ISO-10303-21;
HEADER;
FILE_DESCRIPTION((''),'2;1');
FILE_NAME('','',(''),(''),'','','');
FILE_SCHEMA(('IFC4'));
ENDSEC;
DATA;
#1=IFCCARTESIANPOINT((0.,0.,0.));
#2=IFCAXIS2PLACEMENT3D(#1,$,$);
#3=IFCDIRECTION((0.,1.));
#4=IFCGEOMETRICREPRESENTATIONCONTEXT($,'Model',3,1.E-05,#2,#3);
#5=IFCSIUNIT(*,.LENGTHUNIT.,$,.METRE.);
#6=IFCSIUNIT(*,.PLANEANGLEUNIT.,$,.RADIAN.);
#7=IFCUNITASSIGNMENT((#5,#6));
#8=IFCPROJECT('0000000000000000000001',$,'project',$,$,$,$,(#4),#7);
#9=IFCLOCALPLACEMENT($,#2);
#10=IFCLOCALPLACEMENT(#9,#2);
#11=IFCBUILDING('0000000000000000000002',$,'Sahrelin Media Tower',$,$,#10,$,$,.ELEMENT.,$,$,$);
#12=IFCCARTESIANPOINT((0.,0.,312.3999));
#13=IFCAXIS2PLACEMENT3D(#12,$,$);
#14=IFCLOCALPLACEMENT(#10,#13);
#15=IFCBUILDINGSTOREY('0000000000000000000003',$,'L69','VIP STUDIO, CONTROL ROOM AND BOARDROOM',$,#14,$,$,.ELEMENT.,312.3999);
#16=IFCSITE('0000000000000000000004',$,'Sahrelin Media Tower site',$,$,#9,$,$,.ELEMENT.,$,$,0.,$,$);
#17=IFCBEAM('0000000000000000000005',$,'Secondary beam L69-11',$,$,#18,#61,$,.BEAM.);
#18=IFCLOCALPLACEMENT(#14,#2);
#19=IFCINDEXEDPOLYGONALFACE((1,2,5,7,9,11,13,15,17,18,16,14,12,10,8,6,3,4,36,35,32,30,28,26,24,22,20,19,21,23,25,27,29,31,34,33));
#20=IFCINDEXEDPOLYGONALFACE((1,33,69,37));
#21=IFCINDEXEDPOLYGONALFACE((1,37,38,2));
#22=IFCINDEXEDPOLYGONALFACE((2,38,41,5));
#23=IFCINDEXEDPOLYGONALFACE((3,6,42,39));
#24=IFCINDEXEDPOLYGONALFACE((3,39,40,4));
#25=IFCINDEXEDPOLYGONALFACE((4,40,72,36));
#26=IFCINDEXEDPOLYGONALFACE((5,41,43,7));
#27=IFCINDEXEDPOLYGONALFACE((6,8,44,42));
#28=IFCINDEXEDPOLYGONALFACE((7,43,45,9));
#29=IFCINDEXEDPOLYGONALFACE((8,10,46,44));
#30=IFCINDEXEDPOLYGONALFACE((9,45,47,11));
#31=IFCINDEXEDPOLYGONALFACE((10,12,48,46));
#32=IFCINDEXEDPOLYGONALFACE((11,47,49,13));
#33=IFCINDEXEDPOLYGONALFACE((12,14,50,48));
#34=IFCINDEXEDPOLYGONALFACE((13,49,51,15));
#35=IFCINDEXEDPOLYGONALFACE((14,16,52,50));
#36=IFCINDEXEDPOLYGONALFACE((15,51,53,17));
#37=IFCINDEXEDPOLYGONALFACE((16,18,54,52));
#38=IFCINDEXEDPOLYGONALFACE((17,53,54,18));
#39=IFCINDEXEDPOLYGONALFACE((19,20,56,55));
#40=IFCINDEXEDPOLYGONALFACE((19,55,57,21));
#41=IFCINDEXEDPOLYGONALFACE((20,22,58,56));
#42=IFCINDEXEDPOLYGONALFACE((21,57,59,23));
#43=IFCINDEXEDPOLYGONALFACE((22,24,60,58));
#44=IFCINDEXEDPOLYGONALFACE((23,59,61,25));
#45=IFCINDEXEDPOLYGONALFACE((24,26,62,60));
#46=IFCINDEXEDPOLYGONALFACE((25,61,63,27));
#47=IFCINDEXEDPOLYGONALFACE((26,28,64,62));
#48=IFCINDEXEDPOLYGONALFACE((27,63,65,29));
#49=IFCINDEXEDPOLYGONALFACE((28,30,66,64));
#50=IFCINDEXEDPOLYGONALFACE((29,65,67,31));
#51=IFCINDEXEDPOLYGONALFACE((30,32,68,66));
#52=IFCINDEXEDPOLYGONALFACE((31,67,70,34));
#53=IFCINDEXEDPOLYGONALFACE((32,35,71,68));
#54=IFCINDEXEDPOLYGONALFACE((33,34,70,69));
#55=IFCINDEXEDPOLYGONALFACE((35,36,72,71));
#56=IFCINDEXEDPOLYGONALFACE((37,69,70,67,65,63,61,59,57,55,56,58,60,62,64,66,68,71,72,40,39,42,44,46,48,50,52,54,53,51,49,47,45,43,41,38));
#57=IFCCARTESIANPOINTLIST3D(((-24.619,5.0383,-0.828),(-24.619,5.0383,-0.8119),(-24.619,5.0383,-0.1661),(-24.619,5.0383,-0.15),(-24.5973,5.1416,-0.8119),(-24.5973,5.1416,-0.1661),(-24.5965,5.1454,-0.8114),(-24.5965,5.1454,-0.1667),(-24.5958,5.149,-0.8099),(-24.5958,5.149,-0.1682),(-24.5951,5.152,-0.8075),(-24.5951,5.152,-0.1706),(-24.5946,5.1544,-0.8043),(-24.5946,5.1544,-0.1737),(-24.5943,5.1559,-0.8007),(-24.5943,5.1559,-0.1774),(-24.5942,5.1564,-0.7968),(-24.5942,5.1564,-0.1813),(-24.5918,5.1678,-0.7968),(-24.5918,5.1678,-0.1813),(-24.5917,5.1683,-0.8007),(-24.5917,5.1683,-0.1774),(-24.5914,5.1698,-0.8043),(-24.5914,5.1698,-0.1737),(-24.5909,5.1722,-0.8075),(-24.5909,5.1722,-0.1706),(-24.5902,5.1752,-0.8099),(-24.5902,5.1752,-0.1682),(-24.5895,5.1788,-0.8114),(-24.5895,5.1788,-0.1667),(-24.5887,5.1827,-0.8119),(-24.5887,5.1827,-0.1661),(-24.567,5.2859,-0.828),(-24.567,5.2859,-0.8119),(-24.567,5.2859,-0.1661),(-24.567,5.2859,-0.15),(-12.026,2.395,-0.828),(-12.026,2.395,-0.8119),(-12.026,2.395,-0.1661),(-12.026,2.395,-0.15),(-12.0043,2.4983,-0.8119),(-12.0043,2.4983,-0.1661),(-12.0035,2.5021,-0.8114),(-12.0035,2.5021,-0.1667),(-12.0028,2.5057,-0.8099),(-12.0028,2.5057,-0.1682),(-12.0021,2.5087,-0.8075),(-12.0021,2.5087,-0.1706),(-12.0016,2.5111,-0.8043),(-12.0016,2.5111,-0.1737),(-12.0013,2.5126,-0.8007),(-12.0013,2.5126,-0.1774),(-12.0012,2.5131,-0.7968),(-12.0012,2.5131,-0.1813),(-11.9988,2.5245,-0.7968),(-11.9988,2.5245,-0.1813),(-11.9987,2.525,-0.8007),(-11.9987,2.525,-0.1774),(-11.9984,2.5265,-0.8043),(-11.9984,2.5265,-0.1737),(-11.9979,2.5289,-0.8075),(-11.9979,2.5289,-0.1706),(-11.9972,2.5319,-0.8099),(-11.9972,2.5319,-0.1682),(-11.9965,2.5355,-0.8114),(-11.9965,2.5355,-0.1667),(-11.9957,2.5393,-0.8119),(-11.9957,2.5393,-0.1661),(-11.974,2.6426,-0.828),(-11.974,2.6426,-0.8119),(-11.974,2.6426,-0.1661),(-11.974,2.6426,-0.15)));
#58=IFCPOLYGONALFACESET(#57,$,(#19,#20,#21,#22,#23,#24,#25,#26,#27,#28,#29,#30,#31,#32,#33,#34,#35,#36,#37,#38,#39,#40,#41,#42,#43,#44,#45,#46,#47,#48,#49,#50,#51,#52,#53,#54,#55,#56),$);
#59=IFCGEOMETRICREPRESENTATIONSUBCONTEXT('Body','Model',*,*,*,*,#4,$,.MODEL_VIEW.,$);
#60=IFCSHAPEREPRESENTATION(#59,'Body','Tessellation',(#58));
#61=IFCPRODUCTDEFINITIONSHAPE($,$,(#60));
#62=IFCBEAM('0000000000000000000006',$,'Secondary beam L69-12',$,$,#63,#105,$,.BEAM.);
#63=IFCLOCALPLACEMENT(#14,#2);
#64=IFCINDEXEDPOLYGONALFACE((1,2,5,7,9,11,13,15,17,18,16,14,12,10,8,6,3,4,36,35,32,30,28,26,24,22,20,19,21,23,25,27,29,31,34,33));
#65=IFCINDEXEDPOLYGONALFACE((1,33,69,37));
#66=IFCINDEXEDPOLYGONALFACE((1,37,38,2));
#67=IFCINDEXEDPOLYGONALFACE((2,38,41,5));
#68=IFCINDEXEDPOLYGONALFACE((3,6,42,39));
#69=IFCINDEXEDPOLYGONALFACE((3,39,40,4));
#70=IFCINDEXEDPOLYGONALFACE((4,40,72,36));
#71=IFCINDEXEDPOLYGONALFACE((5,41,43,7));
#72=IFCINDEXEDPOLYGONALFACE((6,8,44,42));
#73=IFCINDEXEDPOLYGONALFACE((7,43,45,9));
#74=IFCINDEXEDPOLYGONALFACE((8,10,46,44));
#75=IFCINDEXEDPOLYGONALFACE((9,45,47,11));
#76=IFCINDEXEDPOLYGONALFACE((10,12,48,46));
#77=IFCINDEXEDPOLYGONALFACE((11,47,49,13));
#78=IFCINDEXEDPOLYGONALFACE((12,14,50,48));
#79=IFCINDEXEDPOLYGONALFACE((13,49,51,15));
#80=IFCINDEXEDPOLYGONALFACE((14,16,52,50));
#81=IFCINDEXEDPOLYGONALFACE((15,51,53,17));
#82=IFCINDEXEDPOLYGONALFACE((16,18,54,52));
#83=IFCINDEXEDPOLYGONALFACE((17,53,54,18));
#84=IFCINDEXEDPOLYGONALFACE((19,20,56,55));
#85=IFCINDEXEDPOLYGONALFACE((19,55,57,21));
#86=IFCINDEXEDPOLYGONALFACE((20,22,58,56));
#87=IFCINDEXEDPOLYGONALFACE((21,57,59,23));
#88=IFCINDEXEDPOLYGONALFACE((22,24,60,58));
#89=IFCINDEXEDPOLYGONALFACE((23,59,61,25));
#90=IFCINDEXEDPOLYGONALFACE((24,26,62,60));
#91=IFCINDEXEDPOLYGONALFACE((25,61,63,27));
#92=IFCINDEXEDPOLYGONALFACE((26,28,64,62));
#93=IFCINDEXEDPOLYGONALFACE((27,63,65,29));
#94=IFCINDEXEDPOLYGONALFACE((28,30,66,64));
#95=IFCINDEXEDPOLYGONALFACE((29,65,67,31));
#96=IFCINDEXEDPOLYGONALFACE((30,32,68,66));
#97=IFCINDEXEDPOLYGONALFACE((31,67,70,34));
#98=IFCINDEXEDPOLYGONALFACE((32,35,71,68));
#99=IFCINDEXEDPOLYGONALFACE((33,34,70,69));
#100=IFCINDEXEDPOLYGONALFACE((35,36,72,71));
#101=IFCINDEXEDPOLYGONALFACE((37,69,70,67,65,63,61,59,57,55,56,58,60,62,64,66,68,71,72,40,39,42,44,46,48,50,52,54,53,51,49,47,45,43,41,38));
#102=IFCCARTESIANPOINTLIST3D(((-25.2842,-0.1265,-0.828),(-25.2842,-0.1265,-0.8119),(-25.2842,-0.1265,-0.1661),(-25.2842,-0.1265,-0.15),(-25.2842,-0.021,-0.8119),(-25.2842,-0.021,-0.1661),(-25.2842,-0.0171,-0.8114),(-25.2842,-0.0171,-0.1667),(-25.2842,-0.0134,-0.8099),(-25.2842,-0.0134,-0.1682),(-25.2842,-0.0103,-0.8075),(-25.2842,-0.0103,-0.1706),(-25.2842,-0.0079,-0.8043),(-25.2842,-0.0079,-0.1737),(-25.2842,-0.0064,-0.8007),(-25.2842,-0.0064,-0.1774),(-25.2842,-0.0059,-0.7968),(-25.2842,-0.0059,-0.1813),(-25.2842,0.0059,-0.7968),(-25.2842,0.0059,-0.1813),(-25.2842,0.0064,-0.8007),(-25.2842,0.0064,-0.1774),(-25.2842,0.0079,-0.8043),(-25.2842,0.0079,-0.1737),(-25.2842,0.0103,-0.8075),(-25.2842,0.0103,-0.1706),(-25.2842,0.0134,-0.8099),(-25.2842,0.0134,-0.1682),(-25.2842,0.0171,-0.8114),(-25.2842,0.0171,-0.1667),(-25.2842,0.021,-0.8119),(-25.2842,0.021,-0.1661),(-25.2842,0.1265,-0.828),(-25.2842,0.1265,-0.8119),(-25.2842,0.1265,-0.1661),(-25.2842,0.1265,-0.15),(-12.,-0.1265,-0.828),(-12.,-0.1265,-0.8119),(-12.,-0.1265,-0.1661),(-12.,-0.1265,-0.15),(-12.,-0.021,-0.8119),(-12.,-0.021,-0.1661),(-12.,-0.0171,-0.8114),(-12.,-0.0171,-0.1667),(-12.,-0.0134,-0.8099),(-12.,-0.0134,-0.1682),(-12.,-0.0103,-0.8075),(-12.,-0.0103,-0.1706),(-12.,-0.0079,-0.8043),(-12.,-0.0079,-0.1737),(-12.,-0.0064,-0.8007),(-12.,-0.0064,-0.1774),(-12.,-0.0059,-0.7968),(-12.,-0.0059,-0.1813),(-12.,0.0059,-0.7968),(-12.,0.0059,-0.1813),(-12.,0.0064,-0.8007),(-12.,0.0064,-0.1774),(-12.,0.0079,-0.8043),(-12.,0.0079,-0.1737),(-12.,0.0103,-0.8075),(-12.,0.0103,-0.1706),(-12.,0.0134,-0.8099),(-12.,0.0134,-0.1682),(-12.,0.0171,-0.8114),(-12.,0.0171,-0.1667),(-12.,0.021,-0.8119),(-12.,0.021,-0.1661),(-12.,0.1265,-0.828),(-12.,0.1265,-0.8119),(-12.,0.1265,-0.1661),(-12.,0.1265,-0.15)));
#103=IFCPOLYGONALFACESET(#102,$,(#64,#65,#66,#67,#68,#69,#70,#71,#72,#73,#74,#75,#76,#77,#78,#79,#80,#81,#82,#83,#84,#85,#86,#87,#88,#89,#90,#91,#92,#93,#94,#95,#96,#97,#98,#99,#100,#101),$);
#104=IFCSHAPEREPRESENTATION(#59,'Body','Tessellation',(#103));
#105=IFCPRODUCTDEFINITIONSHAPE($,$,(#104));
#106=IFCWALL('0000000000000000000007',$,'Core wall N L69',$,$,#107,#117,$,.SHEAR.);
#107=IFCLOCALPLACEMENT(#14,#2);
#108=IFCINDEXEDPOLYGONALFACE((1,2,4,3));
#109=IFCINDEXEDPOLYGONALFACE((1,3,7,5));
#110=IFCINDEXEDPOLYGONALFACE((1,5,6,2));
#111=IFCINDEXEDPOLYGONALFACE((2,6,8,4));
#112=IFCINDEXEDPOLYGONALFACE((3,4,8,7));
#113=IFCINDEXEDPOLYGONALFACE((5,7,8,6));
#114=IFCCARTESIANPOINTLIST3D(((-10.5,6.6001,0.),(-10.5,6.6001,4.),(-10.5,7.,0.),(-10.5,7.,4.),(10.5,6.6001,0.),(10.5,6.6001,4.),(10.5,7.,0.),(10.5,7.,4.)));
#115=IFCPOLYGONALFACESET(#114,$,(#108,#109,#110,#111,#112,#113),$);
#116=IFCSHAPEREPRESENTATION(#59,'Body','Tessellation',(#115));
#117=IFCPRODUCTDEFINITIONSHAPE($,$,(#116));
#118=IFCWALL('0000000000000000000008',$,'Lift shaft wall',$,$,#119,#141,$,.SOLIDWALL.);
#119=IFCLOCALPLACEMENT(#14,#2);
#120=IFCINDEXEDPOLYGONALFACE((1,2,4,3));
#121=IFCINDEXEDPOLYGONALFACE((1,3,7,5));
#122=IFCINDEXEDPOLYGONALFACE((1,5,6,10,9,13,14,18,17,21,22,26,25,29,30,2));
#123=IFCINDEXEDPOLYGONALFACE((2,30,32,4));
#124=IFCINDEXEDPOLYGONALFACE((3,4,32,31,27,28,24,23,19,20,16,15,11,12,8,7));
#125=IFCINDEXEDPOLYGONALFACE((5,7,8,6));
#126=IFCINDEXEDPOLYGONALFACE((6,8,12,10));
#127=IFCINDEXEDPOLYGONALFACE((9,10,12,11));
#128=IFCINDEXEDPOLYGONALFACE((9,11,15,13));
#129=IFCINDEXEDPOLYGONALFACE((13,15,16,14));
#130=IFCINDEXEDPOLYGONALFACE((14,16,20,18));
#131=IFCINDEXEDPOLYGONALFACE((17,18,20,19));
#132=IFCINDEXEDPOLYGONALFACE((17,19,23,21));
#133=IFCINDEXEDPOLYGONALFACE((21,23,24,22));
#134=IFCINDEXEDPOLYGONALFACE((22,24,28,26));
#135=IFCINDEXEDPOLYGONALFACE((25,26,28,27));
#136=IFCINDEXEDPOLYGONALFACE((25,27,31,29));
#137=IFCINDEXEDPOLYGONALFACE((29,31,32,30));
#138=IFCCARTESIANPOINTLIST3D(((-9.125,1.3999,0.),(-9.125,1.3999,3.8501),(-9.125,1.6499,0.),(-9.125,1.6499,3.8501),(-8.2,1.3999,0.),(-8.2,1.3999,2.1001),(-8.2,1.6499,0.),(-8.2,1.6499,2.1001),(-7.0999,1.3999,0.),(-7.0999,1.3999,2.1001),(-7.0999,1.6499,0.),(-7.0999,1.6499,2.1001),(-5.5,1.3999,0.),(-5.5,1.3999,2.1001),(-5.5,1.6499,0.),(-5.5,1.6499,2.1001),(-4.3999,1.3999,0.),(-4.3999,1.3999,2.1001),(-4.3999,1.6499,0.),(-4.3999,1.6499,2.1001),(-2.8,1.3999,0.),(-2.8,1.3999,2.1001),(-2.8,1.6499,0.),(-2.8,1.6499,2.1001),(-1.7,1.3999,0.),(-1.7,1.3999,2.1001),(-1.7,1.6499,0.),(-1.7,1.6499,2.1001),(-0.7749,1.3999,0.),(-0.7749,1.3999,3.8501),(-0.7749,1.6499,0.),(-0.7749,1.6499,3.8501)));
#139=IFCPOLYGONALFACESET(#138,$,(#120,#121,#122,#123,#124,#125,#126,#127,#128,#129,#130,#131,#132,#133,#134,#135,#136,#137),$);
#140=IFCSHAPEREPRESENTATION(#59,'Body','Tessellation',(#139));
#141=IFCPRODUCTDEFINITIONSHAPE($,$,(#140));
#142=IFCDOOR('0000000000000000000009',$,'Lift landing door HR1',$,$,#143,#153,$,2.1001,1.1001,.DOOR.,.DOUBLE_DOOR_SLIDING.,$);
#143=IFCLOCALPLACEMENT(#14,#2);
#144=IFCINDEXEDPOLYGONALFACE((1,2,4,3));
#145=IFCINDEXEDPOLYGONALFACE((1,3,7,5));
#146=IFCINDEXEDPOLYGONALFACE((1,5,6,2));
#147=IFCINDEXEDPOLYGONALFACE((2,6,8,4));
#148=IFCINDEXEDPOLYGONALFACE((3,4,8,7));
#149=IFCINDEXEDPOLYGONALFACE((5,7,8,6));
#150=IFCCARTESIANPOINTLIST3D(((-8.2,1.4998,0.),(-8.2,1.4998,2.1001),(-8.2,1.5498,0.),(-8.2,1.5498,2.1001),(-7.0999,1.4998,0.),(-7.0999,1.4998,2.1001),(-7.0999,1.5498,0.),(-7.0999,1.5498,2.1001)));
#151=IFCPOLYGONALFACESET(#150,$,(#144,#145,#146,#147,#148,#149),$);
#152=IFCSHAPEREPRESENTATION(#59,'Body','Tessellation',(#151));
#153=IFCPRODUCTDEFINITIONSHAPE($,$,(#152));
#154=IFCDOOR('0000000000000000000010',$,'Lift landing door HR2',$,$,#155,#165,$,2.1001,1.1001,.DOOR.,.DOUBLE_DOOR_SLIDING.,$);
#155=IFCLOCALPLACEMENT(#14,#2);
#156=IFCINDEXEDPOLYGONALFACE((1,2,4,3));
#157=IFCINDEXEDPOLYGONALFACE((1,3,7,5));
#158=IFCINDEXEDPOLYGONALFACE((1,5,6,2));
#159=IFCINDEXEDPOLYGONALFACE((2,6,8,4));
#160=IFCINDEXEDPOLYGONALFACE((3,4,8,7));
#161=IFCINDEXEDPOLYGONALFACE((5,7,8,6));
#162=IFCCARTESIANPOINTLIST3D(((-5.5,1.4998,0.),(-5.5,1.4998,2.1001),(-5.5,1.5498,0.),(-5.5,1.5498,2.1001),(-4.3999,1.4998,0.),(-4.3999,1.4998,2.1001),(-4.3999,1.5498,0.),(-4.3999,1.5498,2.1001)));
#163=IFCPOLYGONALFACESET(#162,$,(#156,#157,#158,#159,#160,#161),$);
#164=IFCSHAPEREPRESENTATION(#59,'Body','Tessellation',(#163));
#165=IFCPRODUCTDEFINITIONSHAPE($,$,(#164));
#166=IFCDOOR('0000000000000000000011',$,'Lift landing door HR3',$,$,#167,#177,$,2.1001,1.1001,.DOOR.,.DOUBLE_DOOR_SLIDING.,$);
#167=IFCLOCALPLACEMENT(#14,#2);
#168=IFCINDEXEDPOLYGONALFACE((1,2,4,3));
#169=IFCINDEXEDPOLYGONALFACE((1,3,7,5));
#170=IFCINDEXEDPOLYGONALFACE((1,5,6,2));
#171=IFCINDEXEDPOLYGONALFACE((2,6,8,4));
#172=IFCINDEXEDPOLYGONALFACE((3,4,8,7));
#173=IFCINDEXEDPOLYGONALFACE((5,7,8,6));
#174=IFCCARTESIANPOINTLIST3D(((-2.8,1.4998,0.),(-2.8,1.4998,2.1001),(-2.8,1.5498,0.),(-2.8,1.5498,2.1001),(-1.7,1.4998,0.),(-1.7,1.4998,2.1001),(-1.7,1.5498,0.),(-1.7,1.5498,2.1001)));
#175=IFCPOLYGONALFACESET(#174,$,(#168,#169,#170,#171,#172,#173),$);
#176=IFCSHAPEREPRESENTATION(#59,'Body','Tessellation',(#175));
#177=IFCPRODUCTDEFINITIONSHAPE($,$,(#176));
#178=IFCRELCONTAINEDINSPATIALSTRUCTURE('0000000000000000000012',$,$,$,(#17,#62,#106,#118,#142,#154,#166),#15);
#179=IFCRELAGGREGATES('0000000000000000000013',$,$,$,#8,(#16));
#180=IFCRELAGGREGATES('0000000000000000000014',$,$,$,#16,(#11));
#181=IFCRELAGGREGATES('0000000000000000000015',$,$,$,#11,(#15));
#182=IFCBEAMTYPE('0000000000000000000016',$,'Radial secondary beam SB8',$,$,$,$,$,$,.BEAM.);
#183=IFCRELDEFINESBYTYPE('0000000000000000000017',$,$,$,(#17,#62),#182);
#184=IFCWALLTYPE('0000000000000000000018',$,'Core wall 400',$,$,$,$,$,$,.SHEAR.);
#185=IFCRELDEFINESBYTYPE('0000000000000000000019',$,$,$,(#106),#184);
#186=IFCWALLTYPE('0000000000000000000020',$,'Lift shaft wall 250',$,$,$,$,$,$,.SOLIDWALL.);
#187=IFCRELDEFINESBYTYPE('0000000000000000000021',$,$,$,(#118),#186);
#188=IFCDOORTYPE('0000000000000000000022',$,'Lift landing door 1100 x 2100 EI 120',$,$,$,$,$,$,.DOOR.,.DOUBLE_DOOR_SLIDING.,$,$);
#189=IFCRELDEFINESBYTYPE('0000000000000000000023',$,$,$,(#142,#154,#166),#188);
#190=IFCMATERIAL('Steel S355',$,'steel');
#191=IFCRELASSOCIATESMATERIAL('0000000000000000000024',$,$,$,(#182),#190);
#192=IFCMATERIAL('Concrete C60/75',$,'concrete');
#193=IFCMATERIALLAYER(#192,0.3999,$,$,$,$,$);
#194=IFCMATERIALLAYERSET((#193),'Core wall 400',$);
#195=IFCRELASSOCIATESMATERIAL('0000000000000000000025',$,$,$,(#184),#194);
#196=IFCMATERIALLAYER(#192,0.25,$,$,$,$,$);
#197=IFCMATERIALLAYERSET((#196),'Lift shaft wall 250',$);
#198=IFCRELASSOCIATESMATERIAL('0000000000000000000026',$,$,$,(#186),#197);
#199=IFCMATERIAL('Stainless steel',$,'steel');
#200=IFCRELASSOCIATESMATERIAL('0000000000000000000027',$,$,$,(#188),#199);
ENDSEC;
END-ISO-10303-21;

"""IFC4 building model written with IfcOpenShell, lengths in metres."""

from ifc_helpers import new_model, si_unit, direction, frame, frame_2d, origin, origin_2d, place, context, subcontext, project, spatial, rectangle, i_section, extrude, material, layer, layer_set, material_profile, profile_set, type_object, element, fill, save


model = new_model("IFC4")

# Units and contexts
model_context = context("Model", 3, precision=1e-05, world=origin(), true_north=direction((0.0, 1.0)))
body_context = subcontext(model_context, "Body", "Model", "MODEL_VIEW")
ifc_project = project(units=[si_unit("LENGTHUNIT", "METRE"), si_unit("PLANEANGLEUNIT", "RADIAN")], contexts=[model_context])

# Site, building, storey
site_placement = place(None, origin())
site = spatial("IfcSite", under=ifc_project, at=site_placement, Name="Sahrelin Media Tower site", CompositionType="ELEMENT", RefElevation=0.0)
building_placement = place(site_placement, origin())
building = spatial("IfcBuilding", under=site, at=building_placement, Name="Sahrelin Media Tower", CompositionType="ELEMENT")
storey_placement = place(building_placement, frame((0.0, 0.0, 312.3999)))
storey = spatial("IfcBuildingStorey", under=building, at=storey_placement, Name="L69", Description="VIP STUDIO, CONTROL ROOM AND BOARDROOM", CompositionType="ELEMENT", Elevation=312.3999)

# Beams
ifc_material_1 = material(Name="Steel S355", Category="steel")
ifc_material_profile_1 = material_profile(ifc_material_1, i_section(OverallWidth=0.2529, OverallDepth=0.678, WebThickness=0.0117, FlangeThickness=0.0161, FilletRadius=0.0151, at=origin_2d()), Name="UB 686x254x125")
ifc_profile_set_1 = profile_set([ifc_material_profile_1], Name="Steel S355")
beam_type_1 = type_object("IfcBeamType", Name="Radial secondary beam SB8", PredefinedType="BEAM", material=ifc_profile_set_1)
beam_1_placement = place(storey_placement, frame((-12.0, 2.5188, -0.489), z_axis=(-0.978673, 0.205426, 0.0), x_axis=(-0.205426, -0.978673, 0.0)))
element("IfcBeam", 1, at=beam_1_placement, inside=storey, type_object=beam_type_1, Name="Secondary beam L69-11", PredefinedType="BEAM", context=body_context, shape_type="SweptSolid", body=[
    extrude(i_section(OverallWidth=0.2529, OverallDepth=0.678, WebThickness=0.0117, FlangeThickness=0.0161, FilletRadius=0.0151, at=origin_2d()), origin(), (0.0, 0.0, 1.0), 12.8674),
])
beam_2_placement = place(storey_placement, frame((-12.0, 0.0, -0.489), z_axis=(-1.0, 0.0, 0.0), x_axis=(0.0, -1.0, 0.0)))
element("IfcBeam", 2, at=beam_2_placement, inside=storey, type_object=beam_type_1, Name="Secondary beam L69-12", PredefinedType="BEAM", context=body_context, shape_type="SweptSolid", body=[
    extrude(i_section(OverallWidth=0.2529, OverallDepth=0.678, WebThickness=0.0117, FlangeThickness=0.0161, FilletRadius=0.0151, at=origin_2d()), origin(), (0.0, 0.0, 1.0), 13.2842),
])

# Wall
ifc_material_2 = material(Name="Concrete C60/75", Category="concrete")
ifc_layer_1 = layer(ifc_material_2, 0.3999)
ifc_layer_set_1 = layer_set([ifc_layer_1], Name="Core wall 400")
wall_type_1 = type_object("IfcWallType", Name="Core wall 400", PredefinedType="SHEAR", material=ifc_layer_set_1)
wall_1_placement = place(storey_placement, frame((-10.5, 6.8, 0.0), z_axis=(0.0, 0.0, 1.0), x_axis=(1.0, 0.0, 0.0)))
element("IfcWall", 3, at=wall_1_placement, inside=storey, type_object=wall_type_1, Name="Core wall N L69", PredefinedType="SHEAR", context=body_context, shape_type="SweptSolid", body=[
    extrude(rectangle(XDim=21.0, YDim=0.3999, at=frame_2d((10.5, 0.0))), origin(), (0.0, 0.0, 1.0), 4.0),
])

# Wall, openings, doors
ifc_layer_2 = layer(ifc_material_2, 0.25)
ifc_layer_set_2 = layer_set([ifc_layer_2], Name="Lift shaft wall 250")
wall_type_2 = type_object("IfcWallType", Name="Lift shaft wall 250", PredefinedType="SOLIDWALL", material=ifc_layer_set_2)
wall_2_placement = place(storey_placement, frame((-9.125, 1.5249, 0.0), z_axis=(0.0, 0.0, 1.0), x_axis=(1.0, 0.0, 0.0)))
wall_2 = element("IfcWall", 4, at=wall_2_placement, inside=storey, type_object=wall_type_2, Name="Lift shaft wall", PredefinedType="SOLIDWALL", context=body_context, shape_type="SweptSolid", body=[
    extrude(rectangle(XDim=8.3501, YDim=0.25, at=frame_2d((4.175, 0.0))), origin(), (0.0, 0.0, 1.0), 3.8501),
])
opening_1_placement = place(wall_2_placement, frame((0.925, 0.0, 0.0)))
opening_1 = element("IfcOpeningElement", 5, at=opening_1_placement, cuts=wall_2, PredefinedType="OPENING", context=body_context, shape_type="SweptSolid", body=[
    extrude(rectangle(XDim=1.1001, YDim=2.1001, at=frame_2d((0.55, 1.05))), frame((0.0, 0.125, 0.0), z_axis=(0.0, -1.0, 0.0), x_axis=(1.0, 0.0, 0.0)), (0.0, 0.0, 1.0), 0.25),
])
opening_2_placement = place(wall_2_placement, frame((3.625, 0.0, 0.0)))
opening_2 = element("IfcOpeningElement", 6, at=opening_2_placement, cuts=wall_2, PredefinedType="OPENING", context=body_context, shape_type="SweptSolid", body=[
    extrude(rectangle(XDim=1.1001, YDim=2.1001, at=frame_2d((0.55, 1.05))), frame((0.0, 0.125, 0.0), z_axis=(0.0, -1.0, 0.0), x_axis=(1.0, 0.0, 0.0)), (0.0, 0.0, 1.0), 0.25),
])
opening_3_placement = place(wall_2_placement, frame((6.325, 0.0, 0.0)))
opening_3 = element("IfcOpeningElement", 7, at=opening_3_placement, cuts=wall_2, PredefinedType="OPENING", context=body_context, shape_type="SweptSolid", body=[
    extrude(rectangle(XDim=1.1001, YDim=2.1001, at=frame_2d((0.55, 1.05))), frame((0.0, 0.125, 0.0), z_axis=(0.0, -1.0, 0.0), x_axis=(1.0, 0.0, 0.0)), (0.0, 0.0, 1.0), 0.25),
])
ifc_material_3 = material(Name="Stainless steel", Category="steel")
door_type_1 = type_object("IfcDoorType", Name="Lift landing door 1100 x 2100 EI 120", OperationType="DOUBLE_DOOR_SLIDING", PredefinedType="DOOR", material=ifc_material_3)
door_1_placement = place(opening_1_placement, origin())
door_1 = element("IfcDoor", 8, at=door_1_placement, inside=storey, type_object=door_type_1, Name="Lift landing door HR1", OperationType="DOUBLE_DOOR_SLIDING", OverallHeight=2.1001, OverallWidth=1.1001, PredefinedType="DOOR", context=body_context, shape_type="SweptSolid", body=[
    extrude(rectangle(XDim=1.1001, YDim=2.1001, at=frame_2d((0.55, 1.05))), frame((0.0, 0.0249, 0.0), z_axis=(0.0, -1.0, 0.0), x_axis=(1.0, 0.0, 0.0)), (0.0, 0.0, 1.0), 0.05),
])
fill(opening_1, door_1)
door_2_placement = place(opening_2_placement, origin())
door_2 = element("IfcDoor", 9, at=door_2_placement, inside=storey, type_object=door_type_1, Name="Lift landing door HR2", OperationType="DOUBLE_DOOR_SLIDING", OverallHeight=2.1001, OverallWidth=1.1001, PredefinedType="DOOR", context=body_context, shape_type="SweptSolid", body=[
    extrude(rectangle(XDim=1.1001, YDim=2.1001, at=frame_2d((0.55, 1.05))), frame((0.0, 0.0249, 0.0), z_axis=(0.0, -1.0, 0.0), x_axis=(1.0, 0.0, 0.0)), (0.0, 0.0, 1.0), 0.05),
])
fill(opening_2, door_2)
door_3_placement = place(opening_3_placement, origin())
door_3 = element("IfcDoor", 10, at=door_3_placement, inside=storey, type_object=door_type_1, Name="Lift landing door HR3", OperationType="DOUBLE_DOOR_SLIDING", OverallHeight=2.1001, OverallWidth=1.1001, PredefinedType="DOOR", context=body_context, shape_type="SweptSolid", body=[
    extrude(rectangle(XDim=1.1001, YDim=2.1001, at=frame_2d((0.55, 1.05))), frame((0.0, 0.0249, 0.0), z_axis=(0.0, -1.0, 0.0), x_axis=(1.0, 0.0, 0.0)), (0.0, 0.0, 1.0), 0.05),
])
fill(opening_3, door_3)

save(model, "model.ifc")
